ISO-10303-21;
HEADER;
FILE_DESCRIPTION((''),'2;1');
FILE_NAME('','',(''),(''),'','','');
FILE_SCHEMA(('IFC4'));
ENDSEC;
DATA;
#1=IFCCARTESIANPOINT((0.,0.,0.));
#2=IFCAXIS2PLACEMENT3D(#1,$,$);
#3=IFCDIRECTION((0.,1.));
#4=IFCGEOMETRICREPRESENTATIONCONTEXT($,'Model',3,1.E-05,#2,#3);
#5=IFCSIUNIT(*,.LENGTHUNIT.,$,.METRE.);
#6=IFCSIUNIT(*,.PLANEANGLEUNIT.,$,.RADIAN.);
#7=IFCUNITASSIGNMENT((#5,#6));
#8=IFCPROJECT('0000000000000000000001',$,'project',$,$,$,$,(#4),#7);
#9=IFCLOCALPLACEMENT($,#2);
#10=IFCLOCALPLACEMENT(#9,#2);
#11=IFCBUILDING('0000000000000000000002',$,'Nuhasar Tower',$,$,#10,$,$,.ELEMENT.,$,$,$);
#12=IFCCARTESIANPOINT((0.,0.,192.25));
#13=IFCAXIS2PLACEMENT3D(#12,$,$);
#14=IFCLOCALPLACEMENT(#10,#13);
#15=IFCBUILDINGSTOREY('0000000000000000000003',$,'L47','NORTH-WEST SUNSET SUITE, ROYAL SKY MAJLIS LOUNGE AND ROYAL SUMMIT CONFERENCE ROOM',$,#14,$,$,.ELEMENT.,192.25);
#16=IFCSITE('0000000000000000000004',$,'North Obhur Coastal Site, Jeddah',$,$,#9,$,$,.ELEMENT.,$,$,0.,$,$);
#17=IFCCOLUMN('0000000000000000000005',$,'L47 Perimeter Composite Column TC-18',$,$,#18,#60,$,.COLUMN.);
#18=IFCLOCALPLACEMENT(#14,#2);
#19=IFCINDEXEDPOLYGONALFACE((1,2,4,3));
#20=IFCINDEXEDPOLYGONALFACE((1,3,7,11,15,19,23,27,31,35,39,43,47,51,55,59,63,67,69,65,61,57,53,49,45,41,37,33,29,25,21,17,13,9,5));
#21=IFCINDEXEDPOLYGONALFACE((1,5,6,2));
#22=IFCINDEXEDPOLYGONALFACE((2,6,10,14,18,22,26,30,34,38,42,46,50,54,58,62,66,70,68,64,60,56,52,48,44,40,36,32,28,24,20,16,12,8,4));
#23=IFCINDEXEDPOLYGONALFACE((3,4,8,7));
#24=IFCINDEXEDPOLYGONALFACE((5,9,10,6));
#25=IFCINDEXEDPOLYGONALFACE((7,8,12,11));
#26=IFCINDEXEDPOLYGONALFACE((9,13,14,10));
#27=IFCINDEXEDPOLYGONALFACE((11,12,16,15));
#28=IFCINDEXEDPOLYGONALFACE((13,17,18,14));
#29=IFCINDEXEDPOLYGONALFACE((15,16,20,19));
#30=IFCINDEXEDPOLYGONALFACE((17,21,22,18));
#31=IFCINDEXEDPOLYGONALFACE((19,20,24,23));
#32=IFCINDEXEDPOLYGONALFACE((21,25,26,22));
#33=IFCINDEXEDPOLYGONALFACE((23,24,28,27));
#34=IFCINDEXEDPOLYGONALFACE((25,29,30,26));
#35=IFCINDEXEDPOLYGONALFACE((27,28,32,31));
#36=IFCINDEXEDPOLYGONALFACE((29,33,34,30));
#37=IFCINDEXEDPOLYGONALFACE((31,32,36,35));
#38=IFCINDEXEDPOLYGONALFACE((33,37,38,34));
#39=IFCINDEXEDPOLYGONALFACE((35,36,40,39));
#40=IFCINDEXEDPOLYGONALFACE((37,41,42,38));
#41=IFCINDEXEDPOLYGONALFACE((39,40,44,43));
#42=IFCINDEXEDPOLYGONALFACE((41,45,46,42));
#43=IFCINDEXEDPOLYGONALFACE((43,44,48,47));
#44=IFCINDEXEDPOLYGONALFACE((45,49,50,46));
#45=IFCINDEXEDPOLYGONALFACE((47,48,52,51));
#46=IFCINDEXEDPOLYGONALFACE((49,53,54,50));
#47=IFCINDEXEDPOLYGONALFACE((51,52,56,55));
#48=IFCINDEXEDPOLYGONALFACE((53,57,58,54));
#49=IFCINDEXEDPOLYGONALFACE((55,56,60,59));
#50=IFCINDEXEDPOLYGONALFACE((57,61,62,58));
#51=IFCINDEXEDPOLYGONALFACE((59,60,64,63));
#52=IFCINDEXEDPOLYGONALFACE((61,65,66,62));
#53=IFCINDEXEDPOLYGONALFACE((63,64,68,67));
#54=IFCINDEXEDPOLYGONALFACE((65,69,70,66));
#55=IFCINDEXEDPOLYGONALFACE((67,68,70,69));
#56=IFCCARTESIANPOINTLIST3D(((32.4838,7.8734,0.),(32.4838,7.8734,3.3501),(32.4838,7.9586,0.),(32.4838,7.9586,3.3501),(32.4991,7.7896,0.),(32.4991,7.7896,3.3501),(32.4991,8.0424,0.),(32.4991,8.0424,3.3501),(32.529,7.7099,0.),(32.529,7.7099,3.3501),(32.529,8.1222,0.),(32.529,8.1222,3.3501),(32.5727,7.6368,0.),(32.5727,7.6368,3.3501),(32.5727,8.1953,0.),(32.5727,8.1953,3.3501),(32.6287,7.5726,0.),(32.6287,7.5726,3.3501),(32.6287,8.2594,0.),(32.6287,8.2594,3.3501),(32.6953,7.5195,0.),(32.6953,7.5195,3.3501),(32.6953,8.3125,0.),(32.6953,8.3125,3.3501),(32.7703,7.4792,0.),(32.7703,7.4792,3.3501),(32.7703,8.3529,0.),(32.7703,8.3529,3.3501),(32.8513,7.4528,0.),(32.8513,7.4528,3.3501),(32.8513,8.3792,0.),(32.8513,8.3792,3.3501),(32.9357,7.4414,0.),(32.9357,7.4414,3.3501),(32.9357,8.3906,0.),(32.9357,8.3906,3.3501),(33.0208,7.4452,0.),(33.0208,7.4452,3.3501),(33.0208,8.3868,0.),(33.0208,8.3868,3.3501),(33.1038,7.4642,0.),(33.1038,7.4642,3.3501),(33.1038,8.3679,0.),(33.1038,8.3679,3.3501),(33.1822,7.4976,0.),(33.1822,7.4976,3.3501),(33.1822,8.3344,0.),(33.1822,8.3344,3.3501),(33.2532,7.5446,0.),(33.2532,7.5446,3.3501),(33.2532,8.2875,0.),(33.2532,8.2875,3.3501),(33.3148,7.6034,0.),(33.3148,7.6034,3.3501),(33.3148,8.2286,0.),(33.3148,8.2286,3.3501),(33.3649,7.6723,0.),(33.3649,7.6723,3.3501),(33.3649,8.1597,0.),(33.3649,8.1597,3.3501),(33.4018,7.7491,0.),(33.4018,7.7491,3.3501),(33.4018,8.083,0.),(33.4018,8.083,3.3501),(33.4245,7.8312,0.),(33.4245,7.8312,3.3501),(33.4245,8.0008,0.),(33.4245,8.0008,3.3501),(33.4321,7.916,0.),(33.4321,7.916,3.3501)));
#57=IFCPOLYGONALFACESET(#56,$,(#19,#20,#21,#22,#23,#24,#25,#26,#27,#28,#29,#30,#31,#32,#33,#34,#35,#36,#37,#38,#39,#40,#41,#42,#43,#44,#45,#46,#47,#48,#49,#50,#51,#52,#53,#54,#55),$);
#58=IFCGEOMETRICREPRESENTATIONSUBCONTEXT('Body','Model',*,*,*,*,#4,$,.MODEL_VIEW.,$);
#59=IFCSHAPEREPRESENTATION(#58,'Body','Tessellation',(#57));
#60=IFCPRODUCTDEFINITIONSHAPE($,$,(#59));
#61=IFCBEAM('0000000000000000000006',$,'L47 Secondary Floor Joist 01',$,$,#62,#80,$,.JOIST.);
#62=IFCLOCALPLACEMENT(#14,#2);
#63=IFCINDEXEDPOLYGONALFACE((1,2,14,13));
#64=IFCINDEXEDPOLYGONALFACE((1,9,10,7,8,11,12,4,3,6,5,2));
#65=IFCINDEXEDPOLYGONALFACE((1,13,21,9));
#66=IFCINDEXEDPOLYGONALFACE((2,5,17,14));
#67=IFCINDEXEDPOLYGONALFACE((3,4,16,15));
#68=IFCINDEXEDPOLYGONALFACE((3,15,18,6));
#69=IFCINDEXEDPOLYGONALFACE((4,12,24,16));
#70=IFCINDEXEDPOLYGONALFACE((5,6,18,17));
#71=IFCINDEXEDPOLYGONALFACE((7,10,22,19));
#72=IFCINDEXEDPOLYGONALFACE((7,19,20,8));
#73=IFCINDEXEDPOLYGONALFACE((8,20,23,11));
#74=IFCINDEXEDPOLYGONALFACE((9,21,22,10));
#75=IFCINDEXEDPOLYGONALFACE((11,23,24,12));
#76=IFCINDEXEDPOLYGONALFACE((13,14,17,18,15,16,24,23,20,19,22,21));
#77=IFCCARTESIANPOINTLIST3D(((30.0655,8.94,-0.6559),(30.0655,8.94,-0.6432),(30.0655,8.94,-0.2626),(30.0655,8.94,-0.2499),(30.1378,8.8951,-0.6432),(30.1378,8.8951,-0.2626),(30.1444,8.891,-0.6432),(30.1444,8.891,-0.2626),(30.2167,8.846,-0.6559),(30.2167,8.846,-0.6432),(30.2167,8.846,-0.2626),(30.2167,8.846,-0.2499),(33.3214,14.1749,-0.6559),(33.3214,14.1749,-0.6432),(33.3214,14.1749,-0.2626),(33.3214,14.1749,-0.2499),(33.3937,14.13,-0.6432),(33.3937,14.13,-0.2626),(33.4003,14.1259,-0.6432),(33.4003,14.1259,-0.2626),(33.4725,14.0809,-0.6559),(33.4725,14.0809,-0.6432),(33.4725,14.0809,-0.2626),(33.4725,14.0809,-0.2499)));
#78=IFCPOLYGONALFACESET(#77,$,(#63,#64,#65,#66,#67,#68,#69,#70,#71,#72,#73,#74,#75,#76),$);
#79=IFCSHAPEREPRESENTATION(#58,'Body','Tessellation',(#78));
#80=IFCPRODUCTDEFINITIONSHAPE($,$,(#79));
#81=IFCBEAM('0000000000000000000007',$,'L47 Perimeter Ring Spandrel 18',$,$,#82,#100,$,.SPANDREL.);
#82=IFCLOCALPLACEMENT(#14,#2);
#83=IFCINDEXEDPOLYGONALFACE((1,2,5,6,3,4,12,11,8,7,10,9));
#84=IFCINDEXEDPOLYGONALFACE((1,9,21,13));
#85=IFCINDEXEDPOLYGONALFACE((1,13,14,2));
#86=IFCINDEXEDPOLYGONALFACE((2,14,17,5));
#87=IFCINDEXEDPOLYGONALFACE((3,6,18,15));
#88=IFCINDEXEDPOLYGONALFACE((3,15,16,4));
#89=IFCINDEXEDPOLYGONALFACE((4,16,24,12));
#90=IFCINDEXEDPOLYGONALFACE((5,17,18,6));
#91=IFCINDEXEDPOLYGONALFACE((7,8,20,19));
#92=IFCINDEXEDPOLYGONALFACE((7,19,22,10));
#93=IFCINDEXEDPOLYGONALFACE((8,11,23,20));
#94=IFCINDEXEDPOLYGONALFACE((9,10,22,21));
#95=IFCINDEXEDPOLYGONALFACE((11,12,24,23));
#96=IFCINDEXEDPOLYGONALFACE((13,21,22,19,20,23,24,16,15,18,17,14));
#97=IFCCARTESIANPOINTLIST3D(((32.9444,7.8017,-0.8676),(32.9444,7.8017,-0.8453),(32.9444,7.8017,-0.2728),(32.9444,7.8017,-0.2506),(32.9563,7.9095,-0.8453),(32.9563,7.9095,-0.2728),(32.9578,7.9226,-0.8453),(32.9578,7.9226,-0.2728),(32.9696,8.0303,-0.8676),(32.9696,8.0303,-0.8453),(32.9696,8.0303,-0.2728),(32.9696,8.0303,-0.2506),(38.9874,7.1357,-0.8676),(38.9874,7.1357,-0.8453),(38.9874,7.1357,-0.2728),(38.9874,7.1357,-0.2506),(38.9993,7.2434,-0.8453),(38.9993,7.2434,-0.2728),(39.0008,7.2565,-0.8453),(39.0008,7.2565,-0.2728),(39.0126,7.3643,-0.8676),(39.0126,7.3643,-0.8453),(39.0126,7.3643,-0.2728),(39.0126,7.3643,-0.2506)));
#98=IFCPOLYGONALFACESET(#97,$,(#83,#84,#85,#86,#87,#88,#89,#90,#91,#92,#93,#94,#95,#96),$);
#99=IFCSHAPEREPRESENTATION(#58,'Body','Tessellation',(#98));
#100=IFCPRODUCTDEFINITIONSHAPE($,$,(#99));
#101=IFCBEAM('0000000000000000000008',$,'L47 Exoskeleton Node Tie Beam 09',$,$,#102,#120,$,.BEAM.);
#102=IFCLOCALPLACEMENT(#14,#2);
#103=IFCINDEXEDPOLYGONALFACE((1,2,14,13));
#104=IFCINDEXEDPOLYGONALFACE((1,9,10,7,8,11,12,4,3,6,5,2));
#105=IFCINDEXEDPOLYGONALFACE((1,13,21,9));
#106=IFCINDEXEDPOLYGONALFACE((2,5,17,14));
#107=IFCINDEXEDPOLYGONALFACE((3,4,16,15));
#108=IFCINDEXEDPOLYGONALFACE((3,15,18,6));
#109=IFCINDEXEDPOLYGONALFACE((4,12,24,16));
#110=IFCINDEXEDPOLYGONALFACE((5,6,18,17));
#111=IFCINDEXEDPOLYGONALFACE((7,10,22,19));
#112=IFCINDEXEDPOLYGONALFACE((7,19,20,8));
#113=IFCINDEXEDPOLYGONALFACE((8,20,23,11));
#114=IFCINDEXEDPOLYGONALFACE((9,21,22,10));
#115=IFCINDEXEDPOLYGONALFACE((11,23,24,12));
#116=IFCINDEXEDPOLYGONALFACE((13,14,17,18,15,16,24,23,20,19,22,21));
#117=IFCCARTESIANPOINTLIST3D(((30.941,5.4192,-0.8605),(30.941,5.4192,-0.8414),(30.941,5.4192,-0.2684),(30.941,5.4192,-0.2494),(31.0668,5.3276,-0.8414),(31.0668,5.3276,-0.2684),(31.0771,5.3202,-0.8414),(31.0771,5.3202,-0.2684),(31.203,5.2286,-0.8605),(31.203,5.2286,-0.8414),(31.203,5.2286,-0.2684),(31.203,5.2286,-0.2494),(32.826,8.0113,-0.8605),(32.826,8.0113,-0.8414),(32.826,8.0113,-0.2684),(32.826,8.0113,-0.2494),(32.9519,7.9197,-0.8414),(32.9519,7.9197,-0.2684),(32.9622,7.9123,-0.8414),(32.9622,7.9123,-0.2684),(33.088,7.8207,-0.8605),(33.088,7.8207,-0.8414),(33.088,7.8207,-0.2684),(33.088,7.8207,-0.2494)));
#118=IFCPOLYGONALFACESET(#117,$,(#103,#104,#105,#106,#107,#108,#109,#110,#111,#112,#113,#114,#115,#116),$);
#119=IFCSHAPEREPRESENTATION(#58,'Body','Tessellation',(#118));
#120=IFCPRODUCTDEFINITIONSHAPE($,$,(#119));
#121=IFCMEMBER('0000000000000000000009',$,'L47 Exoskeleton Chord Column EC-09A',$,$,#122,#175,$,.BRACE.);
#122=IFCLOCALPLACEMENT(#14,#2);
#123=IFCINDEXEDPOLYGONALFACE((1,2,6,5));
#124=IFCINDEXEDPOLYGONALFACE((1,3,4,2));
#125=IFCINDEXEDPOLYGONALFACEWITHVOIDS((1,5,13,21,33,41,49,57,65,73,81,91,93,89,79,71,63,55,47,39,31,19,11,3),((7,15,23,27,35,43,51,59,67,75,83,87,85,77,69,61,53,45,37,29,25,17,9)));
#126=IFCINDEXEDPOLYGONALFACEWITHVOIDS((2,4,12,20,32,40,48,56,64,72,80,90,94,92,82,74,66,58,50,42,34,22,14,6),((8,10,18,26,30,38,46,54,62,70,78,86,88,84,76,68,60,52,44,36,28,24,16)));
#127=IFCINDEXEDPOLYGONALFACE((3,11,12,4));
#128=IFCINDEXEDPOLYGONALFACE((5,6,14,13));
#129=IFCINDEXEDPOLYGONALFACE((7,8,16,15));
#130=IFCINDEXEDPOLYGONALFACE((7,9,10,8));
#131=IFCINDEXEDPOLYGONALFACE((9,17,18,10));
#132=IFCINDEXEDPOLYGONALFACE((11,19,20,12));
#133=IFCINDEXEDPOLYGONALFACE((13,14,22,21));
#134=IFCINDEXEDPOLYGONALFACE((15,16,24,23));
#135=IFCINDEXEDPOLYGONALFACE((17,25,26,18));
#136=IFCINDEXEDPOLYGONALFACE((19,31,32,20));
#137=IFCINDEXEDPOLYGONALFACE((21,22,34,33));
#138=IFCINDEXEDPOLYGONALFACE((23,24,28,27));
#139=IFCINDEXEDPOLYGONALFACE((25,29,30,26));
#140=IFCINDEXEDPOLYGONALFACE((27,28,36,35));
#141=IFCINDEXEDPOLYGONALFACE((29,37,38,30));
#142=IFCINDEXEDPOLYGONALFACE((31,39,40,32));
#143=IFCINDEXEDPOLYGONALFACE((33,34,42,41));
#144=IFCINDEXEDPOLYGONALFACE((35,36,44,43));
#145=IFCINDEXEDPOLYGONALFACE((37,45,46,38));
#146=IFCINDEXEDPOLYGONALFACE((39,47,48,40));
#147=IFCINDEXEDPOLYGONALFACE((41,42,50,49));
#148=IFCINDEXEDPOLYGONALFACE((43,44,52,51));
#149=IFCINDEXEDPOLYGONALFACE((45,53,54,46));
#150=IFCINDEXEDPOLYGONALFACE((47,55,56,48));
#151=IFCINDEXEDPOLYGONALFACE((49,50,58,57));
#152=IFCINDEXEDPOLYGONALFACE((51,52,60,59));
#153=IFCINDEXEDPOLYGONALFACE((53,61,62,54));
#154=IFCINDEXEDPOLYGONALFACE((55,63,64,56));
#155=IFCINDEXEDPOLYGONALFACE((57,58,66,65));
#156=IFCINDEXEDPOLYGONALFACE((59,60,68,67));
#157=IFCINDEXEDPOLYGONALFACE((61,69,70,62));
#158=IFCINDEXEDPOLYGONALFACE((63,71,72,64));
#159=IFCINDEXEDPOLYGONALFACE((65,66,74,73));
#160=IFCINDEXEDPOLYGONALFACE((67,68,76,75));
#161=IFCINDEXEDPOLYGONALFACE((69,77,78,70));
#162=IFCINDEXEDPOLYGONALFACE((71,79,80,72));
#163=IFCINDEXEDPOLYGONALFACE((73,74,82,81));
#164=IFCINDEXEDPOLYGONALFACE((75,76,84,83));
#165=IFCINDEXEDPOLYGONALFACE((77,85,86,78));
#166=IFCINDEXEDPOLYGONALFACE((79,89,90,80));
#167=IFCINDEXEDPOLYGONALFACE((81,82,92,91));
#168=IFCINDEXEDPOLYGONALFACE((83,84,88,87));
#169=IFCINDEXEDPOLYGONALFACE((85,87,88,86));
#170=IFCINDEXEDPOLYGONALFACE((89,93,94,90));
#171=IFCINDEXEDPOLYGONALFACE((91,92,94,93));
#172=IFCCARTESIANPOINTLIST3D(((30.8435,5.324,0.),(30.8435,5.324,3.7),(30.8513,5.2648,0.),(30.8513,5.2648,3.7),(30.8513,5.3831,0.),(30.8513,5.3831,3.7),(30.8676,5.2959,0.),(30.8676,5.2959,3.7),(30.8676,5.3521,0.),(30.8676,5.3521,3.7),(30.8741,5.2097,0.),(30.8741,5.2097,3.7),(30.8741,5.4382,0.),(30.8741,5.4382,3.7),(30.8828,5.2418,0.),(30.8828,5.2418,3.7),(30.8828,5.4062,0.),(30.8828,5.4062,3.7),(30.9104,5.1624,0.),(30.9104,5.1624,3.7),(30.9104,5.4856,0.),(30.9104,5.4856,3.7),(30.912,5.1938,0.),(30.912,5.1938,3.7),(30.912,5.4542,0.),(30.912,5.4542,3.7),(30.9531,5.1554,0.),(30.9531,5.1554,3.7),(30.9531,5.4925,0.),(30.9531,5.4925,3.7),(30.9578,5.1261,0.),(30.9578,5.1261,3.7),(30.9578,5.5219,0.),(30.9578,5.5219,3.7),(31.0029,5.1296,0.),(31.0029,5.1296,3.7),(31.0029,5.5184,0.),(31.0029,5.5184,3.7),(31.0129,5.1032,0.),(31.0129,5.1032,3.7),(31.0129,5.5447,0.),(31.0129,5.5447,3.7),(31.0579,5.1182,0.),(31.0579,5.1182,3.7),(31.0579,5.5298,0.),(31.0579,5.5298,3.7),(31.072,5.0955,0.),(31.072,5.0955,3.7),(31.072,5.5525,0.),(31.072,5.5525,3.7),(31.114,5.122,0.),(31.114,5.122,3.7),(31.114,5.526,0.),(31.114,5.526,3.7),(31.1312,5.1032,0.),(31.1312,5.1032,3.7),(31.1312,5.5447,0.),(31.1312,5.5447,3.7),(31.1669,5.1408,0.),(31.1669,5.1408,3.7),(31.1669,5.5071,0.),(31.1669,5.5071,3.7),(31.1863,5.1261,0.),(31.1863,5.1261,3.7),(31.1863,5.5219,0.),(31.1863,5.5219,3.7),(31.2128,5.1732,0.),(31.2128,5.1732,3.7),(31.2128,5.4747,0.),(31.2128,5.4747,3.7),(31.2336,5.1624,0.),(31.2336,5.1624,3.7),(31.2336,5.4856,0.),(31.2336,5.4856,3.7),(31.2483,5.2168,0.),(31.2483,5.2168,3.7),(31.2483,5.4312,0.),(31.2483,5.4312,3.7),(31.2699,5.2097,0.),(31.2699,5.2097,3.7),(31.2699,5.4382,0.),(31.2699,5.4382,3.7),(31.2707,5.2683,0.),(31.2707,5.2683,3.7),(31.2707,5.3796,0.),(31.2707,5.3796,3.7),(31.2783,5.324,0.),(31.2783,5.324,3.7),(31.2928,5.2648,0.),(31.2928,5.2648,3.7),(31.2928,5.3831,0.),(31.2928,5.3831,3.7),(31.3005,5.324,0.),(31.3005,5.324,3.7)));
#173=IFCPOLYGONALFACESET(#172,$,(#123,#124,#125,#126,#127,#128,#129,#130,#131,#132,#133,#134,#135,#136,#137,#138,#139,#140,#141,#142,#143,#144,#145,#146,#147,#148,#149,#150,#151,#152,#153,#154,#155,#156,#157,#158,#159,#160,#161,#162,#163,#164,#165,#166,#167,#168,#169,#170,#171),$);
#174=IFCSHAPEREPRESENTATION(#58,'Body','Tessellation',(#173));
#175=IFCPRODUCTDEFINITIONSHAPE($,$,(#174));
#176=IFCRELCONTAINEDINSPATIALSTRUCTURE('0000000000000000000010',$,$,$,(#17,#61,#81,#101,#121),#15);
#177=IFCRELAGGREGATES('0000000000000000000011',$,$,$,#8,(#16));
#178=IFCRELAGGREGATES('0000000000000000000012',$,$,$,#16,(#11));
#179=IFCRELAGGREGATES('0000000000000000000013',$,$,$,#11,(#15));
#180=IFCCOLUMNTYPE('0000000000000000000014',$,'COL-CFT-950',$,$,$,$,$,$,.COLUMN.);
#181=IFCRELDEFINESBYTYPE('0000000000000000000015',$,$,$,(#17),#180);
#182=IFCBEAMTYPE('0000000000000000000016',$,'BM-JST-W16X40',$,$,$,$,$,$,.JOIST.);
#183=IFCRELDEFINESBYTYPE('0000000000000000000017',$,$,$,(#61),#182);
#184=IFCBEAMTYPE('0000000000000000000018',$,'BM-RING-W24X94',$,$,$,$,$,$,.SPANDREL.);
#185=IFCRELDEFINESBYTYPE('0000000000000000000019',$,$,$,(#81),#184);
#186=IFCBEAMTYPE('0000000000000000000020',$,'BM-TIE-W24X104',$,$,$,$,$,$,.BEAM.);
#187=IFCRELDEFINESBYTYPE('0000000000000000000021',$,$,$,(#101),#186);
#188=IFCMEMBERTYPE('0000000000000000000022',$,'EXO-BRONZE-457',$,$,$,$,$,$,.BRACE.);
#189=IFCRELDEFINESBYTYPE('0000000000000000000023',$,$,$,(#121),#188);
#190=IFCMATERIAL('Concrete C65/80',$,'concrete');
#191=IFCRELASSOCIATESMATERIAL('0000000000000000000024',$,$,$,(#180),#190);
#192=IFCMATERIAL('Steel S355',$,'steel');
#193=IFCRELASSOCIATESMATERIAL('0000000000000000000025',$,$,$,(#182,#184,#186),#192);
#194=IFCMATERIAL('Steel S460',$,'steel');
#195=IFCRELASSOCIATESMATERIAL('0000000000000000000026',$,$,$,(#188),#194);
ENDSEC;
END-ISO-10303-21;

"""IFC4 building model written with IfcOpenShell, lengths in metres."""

from ifc_helpers import new_model, si_unit, direction, frame, origin, origin_2d, place, context, subcontext, project, spatial, circle, hollow_circle, i_section, extrude, material, material_profile, profile_set, type_object, element, save


model = new_model("IFC4")

# Units and contexts
model_context = context("Model", 3, precision=1e-05, world=origin(), true_north=direction((0.0, 1.0)))
body_context = subcontext(model_context, "Body", "Model", "MODEL_VIEW")
ifc_project = project(units=[si_unit("LENGTHUNIT", "METRE"), si_unit("PLANEANGLEUNIT", "RADIAN")], contexts=[model_context])

# Site, building, storey
site_placement = place(None, origin())
site = spatial("IfcSite", under=ifc_project, at=site_placement, Name="North Obhur Coastal Site, Jeddah", CompositionType="ELEMENT", RefElevation=0.0)
building_placement = place(site_placement, origin())
building = spatial("IfcBuilding", under=site, at=building_placement, Name="Nuhasar Tower", CompositionType="ELEMENT")
storey_placement = place(building_placement, frame((0.0, 0.0, 192.25)))
storey = spatial("IfcBuildingStorey", under=building, at=storey_placement, Name="L47", Description="NORTH-WEST SUNSET SUITE, ROYAL SKY MAJLIS LOUNGE AND ROYAL SUMMIT CONFERENCE ROOM", CompositionType="ELEMENT", Elevation=192.25)

# Column
ifc_material_1 = material(Name="Concrete C65/80", Category="concrete")
ifc_material_profile_1 = material_profile(ifc_material_1, circle(Radius=0.4751, at=origin_2d()), Name="CFT950")
ifc_profile_set_1 = profile_set([ifc_material_profile_1], Name="Concrete C65/80")
column_type = type_object("IfcColumnType", Name="COL-CFT-950", PredefinedType="COLUMN", material=ifc_profile_set_1)
column_placement = place(storey_placement, frame((32.957, 7.916, 0.0), z_axis=(0.0, 0.0, 1.0), x_axis=(1.0, 0.0, 0.0)))
element("IfcColumn", 1, at=column_placement, inside=storey, type_object=column_type, Name="L47 Perimeter Composite Column TC-18", PredefinedType="COLUMN", context=body_context, shape_type="SweptSolid", body=[
    extrude(circle(Radius=0.4751, at=origin_2d()), origin(), (0.0, 0.0, 1.0), 3.3501),
])

# Beams
ifc_material_2 = material(Name="Steel S355", Category="steel")
ifc_material_profile_2 = material_profile(ifc_material_2, i_section(OverallWidth=0.178, OverallDepth=0.406, WebThickness=0.0078, FlangeThickness=0.0127, at=origin_2d()), Name="W16X40")
ifc_profile_set_2 = profile_set([ifc_material_profile_2], Name="Steel S355")
beam_type_1 = type_object("IfcBeamType", Name="BM-JST-W16X40", PredefinedType="JOIST", material=ifc_profile_set_2)
beam_1_placement = place(storey_placement, frame((33.397, 14.1279, -0.4529), z_axis=(-0.528139, -0.849158, 0.0), x_axis=(0.849158, -0.528139, 0.0)))
element("IfcBeam", 2, at=beam_1_placement, inside=storey, type_object=beam_type_1, Name="L47 Secondary Floor Joist 01", PredefinedType="JOIST", context=body_context, shape_type="SweptSolid", body=[
    extrude(i_section(OverallWidth=0.178, OverallDepth=0.406, WebThickness=0.0078, FlangeThickness=0.0127, at=origin_2d()), origin(), (0.0, 0.0, 1.0), 6.1648),
])
ifc_material_profile_3 = material_profile(ifc_material_2, i_section(OverallWidth=0.23, OverallDepth=0.6169, WebThickness=0.0132, FlangeThickness=0.0222, at=origin_2d()), Name="W24X94")
ifc_profile_set_3 = profile_set([ifc_material_profile_3], Name="Steel S355")
beam_type_2 = type_object("IfcBeamType", Name="BM-RING-W24X94", PredefinedType="SPANDREL", material=ifc_profile_set_3)
beam_2_placement = place(storey_placement, frame((32.957, 7.916, -0.5591), z_axis=(0.993981, -0.10955, 0.0), x_axis=(0.10955, 0.993981, 0.0)))
element("IfcBeam", 3, at=beam_2_placement, inside=storey, type_object=beam_type_2, Name="L47 Perimeter Ring Spandrel 18", PredefinedType="SPANDREL", context=body_context, shape_type="SweptSolid", body=[
    extrude(i_section(OverallWidth=0.23, OverallDepth=0.6169, WebThickness=0.0132, FlangeThickness=0.0222, at=origin_2d()), origin(), (0.0, 0.0, 1.0), 6.0796),
])
ifc_material_profile_4 = material_profile(ifc_material_2, i_section(OverallWidth=0.324, OverallDepth=0.6111, WebThickness=0.0127, FlangeThickness=0.019, at=origin_2d()), Name="W24X104")
ifc_profile_set_4 = profile_set([ifc_material_profile_4], Name="Steel S355")
beam_type_3 = type_object("IfcBeamType", Name="BM-TIE-W24X104", PredefinedType="BEAM", material=ifc_profile_set_4)
beam_3_placement = place(storey_placement, frame((32.957, 7.916, -0.5549), z_axis=(-0.588149, -0.808753, 0.0), x_axis=(0.808753, -0.588149, 0.0)))
element("IfcBeam", 4, at=beam_3_placement, inside=storey, type_object=beam_type_3, Name="L47 Exoskeleton Node Tie Beam 09", PredefinedType="BEAM", context=body_context, shape_type="SweptSolid", body=[
    extrude(i_section(OverallWidth=0.324, OverallDepth=0.6111, WebThickness=0.0127, FlangeThickness=0.019, at=origin_2d()), origin(), (0.0, 0.0, 1.0), 3.2051),
])

# Member
ifc_material_3 = material(Name="Steel S460", Category="steel")
ifc_material_profile_5 = material_profile(ifc_material_3, hollow_circle(Radius=0.2285, WallThickness=0.0222, at=origin_2d()), Name="HSS457X22.2")
ifc_profile_set_5 = profile_set([ifc_material_profile_5], Name="Steel S460")
member_type = type_object("IfcMemberType", Name="EXO-BRONZE-457", PredefinedType="BRACE", material=ifc_profile_set_5)
for number, where, z_axis, x_axis, name in (
    (5, (31.072, 5.324, 0.0), (0.0, 0.0, 1.0), (1.0, 0.0, 0.0), "L47 Exoskeleton Chord Column EC-09A"),
):
    element("IfcMember", number, at=place(storey_placement, frame(where, z_axis=z_axis, x_axis=x_axis)), inside=storey, type_object=member_type, Name=name, PredefinedType="BRACE", context=body_context, shape_type="SweptSolid", body=[
        extrude(hollow_circle(Radius=0.2285, WallThickness=0.0222, at=origin_2d()), origin(), (0.0, 0.0, 1.0), 3.7),
    ])

save(model, "model.ifc")
